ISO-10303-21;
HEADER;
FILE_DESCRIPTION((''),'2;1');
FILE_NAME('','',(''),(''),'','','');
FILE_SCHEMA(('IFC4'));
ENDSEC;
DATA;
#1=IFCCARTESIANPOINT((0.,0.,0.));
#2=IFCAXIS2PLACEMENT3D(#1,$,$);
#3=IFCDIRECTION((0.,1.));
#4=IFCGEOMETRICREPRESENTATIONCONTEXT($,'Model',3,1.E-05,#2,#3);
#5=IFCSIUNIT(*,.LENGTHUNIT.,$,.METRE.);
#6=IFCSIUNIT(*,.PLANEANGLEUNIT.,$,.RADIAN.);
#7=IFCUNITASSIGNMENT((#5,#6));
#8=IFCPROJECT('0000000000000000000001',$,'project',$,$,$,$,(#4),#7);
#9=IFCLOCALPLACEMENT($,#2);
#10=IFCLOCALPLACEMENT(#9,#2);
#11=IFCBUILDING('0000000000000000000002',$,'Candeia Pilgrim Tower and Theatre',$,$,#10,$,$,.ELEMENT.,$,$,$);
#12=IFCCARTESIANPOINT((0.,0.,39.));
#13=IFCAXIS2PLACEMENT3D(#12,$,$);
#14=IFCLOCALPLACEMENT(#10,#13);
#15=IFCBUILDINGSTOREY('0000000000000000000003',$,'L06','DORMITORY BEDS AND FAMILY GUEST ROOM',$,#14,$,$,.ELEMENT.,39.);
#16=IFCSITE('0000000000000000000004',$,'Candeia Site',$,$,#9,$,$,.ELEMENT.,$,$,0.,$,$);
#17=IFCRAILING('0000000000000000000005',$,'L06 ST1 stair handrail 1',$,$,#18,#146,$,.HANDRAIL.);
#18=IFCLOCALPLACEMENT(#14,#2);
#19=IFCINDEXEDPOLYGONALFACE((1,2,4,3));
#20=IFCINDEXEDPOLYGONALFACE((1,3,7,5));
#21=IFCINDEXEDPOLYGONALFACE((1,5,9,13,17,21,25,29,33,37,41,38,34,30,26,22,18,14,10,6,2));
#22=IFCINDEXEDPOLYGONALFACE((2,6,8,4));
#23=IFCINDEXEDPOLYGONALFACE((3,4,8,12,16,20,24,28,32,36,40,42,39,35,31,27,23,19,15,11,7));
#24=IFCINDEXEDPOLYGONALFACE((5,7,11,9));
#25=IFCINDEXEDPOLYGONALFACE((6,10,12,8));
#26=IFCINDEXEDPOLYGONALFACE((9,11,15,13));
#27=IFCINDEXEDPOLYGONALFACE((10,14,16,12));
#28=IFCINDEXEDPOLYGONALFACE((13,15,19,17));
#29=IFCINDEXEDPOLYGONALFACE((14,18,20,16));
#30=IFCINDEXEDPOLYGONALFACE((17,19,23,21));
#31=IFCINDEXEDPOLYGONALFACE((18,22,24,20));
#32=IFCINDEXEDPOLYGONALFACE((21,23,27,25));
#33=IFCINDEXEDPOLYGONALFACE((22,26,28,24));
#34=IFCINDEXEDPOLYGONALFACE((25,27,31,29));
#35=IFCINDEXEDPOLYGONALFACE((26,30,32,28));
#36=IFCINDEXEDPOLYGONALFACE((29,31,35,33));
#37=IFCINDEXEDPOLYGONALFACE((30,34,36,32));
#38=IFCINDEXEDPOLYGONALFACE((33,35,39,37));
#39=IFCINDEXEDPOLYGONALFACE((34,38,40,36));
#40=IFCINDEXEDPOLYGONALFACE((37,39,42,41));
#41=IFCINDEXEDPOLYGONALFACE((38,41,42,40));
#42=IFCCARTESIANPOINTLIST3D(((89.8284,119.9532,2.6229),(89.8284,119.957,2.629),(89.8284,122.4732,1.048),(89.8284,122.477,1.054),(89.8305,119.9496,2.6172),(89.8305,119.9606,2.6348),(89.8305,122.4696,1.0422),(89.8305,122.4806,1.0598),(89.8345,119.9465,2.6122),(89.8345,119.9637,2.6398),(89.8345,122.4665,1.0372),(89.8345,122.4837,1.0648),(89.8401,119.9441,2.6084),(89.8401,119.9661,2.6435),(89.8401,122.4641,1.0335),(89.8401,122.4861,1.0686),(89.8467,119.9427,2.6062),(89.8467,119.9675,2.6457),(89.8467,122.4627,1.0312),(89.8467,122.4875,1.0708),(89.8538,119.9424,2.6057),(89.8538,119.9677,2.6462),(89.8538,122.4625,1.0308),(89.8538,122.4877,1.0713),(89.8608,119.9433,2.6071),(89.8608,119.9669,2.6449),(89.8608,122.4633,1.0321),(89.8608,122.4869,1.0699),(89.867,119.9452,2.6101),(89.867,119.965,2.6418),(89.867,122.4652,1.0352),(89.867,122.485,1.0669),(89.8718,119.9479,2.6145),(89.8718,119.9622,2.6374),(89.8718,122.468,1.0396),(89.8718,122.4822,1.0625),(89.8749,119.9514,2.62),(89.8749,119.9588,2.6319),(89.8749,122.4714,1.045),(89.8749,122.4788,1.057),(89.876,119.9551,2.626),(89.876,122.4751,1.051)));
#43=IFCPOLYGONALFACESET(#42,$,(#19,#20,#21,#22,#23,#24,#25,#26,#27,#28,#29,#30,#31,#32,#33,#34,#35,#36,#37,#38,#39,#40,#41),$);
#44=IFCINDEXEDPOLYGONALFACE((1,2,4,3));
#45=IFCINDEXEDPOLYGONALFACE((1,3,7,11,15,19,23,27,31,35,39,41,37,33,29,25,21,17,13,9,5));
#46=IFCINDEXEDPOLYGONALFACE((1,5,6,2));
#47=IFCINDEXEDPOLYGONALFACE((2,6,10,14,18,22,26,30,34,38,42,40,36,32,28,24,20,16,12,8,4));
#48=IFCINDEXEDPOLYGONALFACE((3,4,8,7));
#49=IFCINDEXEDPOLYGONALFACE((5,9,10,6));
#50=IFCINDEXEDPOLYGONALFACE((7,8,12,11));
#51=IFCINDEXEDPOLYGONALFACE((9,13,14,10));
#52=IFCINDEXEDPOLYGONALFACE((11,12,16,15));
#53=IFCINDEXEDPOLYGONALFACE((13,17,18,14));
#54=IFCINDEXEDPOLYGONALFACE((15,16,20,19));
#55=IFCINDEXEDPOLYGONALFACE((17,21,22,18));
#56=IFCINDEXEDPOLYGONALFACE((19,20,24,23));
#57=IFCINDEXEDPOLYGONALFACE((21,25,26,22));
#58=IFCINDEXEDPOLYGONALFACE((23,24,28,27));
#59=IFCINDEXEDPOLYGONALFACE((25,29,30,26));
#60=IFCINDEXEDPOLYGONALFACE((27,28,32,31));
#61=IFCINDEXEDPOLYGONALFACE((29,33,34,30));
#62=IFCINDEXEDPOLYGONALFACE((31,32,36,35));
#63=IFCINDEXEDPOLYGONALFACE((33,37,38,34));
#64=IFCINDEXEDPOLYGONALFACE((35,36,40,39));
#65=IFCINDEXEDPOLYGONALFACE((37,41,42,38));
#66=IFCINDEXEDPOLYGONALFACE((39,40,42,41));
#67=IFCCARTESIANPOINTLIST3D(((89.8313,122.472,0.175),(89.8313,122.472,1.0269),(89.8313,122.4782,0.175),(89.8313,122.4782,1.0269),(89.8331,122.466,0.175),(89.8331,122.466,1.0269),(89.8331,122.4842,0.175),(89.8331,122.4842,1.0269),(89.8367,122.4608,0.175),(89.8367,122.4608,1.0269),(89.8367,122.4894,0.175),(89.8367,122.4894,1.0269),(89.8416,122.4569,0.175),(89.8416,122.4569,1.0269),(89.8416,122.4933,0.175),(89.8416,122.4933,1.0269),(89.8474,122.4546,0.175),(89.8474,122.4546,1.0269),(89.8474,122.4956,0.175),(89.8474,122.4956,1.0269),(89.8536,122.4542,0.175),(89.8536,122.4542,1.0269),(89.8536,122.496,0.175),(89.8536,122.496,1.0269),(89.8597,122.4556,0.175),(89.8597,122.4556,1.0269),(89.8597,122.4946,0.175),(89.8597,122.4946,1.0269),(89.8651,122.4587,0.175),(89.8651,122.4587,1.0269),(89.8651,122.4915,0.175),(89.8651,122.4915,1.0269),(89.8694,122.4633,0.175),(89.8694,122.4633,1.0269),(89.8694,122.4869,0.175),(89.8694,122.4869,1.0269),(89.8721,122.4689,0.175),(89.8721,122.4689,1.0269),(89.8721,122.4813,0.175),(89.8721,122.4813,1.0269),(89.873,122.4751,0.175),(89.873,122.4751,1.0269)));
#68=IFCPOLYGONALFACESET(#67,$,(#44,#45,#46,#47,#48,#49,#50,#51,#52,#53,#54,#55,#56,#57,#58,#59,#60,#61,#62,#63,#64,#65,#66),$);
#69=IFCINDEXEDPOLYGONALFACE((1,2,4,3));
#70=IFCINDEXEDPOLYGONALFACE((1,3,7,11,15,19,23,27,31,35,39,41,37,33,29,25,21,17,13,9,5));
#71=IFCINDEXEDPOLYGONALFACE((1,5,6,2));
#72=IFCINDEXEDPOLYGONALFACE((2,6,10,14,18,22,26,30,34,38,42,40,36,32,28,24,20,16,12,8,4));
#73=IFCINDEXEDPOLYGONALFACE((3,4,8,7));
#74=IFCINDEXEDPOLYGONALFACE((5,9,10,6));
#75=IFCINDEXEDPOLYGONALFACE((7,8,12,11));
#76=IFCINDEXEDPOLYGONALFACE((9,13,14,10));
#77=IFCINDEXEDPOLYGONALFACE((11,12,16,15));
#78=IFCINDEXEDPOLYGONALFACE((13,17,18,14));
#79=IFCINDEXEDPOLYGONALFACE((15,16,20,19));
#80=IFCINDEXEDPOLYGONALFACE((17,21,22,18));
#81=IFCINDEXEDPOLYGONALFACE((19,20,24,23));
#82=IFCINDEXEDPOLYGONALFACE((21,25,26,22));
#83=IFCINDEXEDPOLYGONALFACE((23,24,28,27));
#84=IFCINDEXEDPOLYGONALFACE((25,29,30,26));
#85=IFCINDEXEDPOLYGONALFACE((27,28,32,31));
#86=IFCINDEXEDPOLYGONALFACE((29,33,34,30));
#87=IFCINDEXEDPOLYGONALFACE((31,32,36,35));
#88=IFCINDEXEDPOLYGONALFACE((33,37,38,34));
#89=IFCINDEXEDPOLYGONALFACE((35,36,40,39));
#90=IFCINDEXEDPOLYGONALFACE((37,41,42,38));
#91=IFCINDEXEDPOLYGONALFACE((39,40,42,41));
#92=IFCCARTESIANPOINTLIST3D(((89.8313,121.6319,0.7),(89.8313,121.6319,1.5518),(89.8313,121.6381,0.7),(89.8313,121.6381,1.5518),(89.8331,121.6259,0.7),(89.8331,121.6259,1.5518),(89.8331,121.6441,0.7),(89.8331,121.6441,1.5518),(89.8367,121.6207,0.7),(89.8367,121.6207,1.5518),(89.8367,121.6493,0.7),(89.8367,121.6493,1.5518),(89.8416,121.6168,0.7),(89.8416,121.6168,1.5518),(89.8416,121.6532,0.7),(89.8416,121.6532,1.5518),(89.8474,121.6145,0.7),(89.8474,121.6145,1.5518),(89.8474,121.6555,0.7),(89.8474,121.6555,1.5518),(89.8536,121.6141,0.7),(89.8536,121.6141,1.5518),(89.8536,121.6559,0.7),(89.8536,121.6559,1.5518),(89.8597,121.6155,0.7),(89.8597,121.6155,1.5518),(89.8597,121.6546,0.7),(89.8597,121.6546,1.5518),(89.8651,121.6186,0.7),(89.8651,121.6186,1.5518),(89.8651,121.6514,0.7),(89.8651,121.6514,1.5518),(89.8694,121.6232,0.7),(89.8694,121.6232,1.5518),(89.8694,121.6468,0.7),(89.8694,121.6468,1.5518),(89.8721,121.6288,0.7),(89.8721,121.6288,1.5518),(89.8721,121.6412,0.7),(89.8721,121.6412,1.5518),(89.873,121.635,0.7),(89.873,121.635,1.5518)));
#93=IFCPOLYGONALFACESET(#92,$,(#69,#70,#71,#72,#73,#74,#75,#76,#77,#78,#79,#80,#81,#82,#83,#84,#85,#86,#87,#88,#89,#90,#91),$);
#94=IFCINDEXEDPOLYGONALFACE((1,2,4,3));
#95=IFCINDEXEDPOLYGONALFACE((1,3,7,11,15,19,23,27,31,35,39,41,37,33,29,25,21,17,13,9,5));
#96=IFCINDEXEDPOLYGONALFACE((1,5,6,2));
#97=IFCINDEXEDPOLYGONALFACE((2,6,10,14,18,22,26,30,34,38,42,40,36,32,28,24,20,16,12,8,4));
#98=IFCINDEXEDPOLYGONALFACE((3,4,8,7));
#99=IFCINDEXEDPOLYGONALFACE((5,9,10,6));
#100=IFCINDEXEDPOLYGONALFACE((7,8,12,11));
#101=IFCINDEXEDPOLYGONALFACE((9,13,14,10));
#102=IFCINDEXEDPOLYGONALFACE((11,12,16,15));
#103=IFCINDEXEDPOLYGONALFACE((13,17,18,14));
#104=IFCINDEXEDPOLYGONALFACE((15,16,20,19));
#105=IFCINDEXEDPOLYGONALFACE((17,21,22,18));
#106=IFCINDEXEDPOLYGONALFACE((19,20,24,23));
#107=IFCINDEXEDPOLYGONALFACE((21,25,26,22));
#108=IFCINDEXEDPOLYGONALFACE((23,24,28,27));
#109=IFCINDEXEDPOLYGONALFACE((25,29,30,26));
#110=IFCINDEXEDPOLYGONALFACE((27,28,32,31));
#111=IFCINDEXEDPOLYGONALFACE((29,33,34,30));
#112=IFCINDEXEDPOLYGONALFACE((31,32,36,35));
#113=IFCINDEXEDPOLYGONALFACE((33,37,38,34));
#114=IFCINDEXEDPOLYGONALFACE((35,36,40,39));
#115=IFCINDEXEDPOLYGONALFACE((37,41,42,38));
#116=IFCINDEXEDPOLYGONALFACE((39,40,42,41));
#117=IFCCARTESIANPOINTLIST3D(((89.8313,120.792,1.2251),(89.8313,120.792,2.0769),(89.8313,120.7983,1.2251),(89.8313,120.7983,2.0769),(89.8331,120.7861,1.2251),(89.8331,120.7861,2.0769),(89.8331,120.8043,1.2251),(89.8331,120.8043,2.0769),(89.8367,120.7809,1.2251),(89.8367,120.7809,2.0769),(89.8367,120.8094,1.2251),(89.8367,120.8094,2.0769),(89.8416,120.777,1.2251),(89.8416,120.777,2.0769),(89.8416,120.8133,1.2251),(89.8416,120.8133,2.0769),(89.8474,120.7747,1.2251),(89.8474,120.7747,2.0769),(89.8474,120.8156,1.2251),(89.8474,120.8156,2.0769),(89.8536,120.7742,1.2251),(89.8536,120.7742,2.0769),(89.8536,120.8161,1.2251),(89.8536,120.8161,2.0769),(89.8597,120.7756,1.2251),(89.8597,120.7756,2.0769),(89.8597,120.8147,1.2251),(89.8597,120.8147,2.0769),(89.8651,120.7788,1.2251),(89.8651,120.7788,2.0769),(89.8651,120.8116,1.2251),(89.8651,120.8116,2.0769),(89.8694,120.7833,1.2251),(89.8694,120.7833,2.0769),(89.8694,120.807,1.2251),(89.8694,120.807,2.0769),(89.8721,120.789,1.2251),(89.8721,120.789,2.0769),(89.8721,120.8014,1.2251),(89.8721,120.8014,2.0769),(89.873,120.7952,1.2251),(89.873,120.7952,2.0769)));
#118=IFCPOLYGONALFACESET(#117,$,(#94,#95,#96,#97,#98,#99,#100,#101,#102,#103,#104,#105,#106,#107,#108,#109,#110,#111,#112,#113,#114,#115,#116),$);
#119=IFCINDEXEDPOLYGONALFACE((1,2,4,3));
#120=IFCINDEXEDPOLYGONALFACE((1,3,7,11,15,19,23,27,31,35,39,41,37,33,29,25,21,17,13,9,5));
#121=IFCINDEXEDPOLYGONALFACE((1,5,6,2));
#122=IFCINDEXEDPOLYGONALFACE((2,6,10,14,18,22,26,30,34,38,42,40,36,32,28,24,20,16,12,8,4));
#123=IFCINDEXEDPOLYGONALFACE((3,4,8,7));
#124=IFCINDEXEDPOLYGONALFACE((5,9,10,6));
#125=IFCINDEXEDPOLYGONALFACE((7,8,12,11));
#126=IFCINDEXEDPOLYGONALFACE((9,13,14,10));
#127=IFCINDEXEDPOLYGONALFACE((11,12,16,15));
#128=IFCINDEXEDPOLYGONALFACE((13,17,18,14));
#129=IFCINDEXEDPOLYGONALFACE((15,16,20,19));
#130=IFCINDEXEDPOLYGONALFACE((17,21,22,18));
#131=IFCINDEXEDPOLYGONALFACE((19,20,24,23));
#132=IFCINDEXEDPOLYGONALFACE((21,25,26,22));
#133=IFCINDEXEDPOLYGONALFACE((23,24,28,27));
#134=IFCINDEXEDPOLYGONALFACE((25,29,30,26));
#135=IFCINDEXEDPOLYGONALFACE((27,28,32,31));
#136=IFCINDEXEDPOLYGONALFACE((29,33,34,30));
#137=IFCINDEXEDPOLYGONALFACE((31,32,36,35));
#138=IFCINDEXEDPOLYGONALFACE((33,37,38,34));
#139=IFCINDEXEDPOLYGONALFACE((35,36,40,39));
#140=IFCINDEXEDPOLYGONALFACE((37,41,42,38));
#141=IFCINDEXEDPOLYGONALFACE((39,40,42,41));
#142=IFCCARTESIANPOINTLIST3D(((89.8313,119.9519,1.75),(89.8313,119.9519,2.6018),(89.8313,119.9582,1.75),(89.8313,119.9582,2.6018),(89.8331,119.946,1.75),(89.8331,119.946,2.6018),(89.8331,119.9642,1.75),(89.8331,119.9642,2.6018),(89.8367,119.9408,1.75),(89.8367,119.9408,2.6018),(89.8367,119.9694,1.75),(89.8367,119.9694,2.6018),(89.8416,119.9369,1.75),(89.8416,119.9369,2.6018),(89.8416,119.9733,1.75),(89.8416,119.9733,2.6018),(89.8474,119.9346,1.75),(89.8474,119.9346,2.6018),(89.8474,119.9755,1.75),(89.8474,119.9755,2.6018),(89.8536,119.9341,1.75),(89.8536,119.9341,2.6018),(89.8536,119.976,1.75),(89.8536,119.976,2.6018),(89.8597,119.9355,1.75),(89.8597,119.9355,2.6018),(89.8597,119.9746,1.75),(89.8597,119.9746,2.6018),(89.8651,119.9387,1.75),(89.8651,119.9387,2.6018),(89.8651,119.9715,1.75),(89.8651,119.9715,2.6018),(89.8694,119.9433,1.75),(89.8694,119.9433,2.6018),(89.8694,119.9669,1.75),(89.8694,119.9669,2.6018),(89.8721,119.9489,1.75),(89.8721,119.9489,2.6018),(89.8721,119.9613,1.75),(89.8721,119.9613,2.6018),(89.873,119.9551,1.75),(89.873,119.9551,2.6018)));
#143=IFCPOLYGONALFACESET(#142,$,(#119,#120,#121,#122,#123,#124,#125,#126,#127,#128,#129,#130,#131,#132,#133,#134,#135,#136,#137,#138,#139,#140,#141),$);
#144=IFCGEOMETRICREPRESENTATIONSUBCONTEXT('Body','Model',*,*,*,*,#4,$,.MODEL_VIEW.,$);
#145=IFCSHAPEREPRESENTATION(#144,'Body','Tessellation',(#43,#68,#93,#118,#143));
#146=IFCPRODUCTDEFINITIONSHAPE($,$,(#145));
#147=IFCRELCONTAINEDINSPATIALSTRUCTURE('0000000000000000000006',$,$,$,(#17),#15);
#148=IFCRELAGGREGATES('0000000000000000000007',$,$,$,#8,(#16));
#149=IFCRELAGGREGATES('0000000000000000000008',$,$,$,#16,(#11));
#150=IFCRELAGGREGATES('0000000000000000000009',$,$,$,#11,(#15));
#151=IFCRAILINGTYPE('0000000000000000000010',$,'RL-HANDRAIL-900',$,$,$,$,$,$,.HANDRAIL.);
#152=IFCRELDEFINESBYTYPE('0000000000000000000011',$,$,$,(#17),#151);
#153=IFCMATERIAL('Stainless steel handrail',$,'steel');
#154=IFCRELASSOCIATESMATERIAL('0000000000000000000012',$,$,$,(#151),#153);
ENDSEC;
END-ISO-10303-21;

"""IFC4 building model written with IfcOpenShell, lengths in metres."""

from ifc_helpers import new_model, si_unit, direction, frame, origin, origin_2d, place, context, subcontext, project, spatial, circle, extrude, material, type_object, element, save


model = new_model("IFC4")

# Units and contexts
model_context = context("Model", 3, precision=1e-05, world=origin(), true_north=direction((0.0, 1.0)))
body_context = subcontext(model_context, "Body", "Model", "MODEL_VIEW")
ifc_project = project(units=[si_unit("LENGTHUNIT", "METRE"), si_unit("PLANEANGLEUNIT", "RADIAN")], contexts=[model_context])

# Site, building, storey
site_placement = place(None, origin())
site = spatial("IfcSite", under=ifc_project, at=site_placement, Name="Candeia Site", CompositionType="ELEMENT", RefElevation=0.0)
building_placement = place(site_placement, origin())
building = spatial("IfcBuilding", under=site, at=building_placement, Name="Candeia Pilgrim Tower and Theatre", CompositionType="ELEMENT")
storey_placement = place(building_placement, frame((0.0, 0.0, 39.0)))
storey = spatial("IfcBuildingStorey", under=building, at=storey_placement, Name="L06", Description="DORMITORY BEDS AND FAMILY GUEST ROOM", CompositionType="ELEMENT", Elevation=39.0)

# Railing
ifc_material_1 = material(Name="Stainless steel handrail", Category="steel")
railing_type_1 = type_object("IfcRailingType", Name="RL-HANDRAIL-900", PredefinedType="HANDRAIL", material=ifc_material_1)
railing_1_placement = place(storey_placement, frame((89.8521, 122.4751, 0.175)))
element("IfcRailing", 1, at=railing_1_placement, inside=storey, type_object=railing_type_1, Name="L06 ST1 stair handrail 1", PredefinedType="HANDRAIL", context=body_context, shape_type="SweptSolid", body=[
    extrude(circle(Radius=0.0239, at=origin_2d()), frame((0.0, 0.0, 0.876), z_axis=(0.0, -0.848008, 0.529984), x_axis=(1.0, 0.0, 0.0)), (0.0, 0.0, 1.0), 2.9717),
    extrude(circle(Radius=0.021, at=origin_2d()), origin(), (0.0, 0.0, 1.0), 0.8518),
    extrude(circle(Radius=0.021, at=origin_2d()), frame((0.0, -0.8401, 0.5249)), (0.0, 0.0, 1.0), 0.8518),
    extrude(circle(Radius=0.021, at=origin_2d()), frame((0.0, -1.6799, 1.05)), (0.0, 0.0, 1.0), 0.8518),
    extrude(circle(Radius=0.021, at=origin_2d()), frame((0.0, -2.52, 1.575)), (0.0, 0.0, 1.0), 0.8518),
])

save(model, "model.ifc")
